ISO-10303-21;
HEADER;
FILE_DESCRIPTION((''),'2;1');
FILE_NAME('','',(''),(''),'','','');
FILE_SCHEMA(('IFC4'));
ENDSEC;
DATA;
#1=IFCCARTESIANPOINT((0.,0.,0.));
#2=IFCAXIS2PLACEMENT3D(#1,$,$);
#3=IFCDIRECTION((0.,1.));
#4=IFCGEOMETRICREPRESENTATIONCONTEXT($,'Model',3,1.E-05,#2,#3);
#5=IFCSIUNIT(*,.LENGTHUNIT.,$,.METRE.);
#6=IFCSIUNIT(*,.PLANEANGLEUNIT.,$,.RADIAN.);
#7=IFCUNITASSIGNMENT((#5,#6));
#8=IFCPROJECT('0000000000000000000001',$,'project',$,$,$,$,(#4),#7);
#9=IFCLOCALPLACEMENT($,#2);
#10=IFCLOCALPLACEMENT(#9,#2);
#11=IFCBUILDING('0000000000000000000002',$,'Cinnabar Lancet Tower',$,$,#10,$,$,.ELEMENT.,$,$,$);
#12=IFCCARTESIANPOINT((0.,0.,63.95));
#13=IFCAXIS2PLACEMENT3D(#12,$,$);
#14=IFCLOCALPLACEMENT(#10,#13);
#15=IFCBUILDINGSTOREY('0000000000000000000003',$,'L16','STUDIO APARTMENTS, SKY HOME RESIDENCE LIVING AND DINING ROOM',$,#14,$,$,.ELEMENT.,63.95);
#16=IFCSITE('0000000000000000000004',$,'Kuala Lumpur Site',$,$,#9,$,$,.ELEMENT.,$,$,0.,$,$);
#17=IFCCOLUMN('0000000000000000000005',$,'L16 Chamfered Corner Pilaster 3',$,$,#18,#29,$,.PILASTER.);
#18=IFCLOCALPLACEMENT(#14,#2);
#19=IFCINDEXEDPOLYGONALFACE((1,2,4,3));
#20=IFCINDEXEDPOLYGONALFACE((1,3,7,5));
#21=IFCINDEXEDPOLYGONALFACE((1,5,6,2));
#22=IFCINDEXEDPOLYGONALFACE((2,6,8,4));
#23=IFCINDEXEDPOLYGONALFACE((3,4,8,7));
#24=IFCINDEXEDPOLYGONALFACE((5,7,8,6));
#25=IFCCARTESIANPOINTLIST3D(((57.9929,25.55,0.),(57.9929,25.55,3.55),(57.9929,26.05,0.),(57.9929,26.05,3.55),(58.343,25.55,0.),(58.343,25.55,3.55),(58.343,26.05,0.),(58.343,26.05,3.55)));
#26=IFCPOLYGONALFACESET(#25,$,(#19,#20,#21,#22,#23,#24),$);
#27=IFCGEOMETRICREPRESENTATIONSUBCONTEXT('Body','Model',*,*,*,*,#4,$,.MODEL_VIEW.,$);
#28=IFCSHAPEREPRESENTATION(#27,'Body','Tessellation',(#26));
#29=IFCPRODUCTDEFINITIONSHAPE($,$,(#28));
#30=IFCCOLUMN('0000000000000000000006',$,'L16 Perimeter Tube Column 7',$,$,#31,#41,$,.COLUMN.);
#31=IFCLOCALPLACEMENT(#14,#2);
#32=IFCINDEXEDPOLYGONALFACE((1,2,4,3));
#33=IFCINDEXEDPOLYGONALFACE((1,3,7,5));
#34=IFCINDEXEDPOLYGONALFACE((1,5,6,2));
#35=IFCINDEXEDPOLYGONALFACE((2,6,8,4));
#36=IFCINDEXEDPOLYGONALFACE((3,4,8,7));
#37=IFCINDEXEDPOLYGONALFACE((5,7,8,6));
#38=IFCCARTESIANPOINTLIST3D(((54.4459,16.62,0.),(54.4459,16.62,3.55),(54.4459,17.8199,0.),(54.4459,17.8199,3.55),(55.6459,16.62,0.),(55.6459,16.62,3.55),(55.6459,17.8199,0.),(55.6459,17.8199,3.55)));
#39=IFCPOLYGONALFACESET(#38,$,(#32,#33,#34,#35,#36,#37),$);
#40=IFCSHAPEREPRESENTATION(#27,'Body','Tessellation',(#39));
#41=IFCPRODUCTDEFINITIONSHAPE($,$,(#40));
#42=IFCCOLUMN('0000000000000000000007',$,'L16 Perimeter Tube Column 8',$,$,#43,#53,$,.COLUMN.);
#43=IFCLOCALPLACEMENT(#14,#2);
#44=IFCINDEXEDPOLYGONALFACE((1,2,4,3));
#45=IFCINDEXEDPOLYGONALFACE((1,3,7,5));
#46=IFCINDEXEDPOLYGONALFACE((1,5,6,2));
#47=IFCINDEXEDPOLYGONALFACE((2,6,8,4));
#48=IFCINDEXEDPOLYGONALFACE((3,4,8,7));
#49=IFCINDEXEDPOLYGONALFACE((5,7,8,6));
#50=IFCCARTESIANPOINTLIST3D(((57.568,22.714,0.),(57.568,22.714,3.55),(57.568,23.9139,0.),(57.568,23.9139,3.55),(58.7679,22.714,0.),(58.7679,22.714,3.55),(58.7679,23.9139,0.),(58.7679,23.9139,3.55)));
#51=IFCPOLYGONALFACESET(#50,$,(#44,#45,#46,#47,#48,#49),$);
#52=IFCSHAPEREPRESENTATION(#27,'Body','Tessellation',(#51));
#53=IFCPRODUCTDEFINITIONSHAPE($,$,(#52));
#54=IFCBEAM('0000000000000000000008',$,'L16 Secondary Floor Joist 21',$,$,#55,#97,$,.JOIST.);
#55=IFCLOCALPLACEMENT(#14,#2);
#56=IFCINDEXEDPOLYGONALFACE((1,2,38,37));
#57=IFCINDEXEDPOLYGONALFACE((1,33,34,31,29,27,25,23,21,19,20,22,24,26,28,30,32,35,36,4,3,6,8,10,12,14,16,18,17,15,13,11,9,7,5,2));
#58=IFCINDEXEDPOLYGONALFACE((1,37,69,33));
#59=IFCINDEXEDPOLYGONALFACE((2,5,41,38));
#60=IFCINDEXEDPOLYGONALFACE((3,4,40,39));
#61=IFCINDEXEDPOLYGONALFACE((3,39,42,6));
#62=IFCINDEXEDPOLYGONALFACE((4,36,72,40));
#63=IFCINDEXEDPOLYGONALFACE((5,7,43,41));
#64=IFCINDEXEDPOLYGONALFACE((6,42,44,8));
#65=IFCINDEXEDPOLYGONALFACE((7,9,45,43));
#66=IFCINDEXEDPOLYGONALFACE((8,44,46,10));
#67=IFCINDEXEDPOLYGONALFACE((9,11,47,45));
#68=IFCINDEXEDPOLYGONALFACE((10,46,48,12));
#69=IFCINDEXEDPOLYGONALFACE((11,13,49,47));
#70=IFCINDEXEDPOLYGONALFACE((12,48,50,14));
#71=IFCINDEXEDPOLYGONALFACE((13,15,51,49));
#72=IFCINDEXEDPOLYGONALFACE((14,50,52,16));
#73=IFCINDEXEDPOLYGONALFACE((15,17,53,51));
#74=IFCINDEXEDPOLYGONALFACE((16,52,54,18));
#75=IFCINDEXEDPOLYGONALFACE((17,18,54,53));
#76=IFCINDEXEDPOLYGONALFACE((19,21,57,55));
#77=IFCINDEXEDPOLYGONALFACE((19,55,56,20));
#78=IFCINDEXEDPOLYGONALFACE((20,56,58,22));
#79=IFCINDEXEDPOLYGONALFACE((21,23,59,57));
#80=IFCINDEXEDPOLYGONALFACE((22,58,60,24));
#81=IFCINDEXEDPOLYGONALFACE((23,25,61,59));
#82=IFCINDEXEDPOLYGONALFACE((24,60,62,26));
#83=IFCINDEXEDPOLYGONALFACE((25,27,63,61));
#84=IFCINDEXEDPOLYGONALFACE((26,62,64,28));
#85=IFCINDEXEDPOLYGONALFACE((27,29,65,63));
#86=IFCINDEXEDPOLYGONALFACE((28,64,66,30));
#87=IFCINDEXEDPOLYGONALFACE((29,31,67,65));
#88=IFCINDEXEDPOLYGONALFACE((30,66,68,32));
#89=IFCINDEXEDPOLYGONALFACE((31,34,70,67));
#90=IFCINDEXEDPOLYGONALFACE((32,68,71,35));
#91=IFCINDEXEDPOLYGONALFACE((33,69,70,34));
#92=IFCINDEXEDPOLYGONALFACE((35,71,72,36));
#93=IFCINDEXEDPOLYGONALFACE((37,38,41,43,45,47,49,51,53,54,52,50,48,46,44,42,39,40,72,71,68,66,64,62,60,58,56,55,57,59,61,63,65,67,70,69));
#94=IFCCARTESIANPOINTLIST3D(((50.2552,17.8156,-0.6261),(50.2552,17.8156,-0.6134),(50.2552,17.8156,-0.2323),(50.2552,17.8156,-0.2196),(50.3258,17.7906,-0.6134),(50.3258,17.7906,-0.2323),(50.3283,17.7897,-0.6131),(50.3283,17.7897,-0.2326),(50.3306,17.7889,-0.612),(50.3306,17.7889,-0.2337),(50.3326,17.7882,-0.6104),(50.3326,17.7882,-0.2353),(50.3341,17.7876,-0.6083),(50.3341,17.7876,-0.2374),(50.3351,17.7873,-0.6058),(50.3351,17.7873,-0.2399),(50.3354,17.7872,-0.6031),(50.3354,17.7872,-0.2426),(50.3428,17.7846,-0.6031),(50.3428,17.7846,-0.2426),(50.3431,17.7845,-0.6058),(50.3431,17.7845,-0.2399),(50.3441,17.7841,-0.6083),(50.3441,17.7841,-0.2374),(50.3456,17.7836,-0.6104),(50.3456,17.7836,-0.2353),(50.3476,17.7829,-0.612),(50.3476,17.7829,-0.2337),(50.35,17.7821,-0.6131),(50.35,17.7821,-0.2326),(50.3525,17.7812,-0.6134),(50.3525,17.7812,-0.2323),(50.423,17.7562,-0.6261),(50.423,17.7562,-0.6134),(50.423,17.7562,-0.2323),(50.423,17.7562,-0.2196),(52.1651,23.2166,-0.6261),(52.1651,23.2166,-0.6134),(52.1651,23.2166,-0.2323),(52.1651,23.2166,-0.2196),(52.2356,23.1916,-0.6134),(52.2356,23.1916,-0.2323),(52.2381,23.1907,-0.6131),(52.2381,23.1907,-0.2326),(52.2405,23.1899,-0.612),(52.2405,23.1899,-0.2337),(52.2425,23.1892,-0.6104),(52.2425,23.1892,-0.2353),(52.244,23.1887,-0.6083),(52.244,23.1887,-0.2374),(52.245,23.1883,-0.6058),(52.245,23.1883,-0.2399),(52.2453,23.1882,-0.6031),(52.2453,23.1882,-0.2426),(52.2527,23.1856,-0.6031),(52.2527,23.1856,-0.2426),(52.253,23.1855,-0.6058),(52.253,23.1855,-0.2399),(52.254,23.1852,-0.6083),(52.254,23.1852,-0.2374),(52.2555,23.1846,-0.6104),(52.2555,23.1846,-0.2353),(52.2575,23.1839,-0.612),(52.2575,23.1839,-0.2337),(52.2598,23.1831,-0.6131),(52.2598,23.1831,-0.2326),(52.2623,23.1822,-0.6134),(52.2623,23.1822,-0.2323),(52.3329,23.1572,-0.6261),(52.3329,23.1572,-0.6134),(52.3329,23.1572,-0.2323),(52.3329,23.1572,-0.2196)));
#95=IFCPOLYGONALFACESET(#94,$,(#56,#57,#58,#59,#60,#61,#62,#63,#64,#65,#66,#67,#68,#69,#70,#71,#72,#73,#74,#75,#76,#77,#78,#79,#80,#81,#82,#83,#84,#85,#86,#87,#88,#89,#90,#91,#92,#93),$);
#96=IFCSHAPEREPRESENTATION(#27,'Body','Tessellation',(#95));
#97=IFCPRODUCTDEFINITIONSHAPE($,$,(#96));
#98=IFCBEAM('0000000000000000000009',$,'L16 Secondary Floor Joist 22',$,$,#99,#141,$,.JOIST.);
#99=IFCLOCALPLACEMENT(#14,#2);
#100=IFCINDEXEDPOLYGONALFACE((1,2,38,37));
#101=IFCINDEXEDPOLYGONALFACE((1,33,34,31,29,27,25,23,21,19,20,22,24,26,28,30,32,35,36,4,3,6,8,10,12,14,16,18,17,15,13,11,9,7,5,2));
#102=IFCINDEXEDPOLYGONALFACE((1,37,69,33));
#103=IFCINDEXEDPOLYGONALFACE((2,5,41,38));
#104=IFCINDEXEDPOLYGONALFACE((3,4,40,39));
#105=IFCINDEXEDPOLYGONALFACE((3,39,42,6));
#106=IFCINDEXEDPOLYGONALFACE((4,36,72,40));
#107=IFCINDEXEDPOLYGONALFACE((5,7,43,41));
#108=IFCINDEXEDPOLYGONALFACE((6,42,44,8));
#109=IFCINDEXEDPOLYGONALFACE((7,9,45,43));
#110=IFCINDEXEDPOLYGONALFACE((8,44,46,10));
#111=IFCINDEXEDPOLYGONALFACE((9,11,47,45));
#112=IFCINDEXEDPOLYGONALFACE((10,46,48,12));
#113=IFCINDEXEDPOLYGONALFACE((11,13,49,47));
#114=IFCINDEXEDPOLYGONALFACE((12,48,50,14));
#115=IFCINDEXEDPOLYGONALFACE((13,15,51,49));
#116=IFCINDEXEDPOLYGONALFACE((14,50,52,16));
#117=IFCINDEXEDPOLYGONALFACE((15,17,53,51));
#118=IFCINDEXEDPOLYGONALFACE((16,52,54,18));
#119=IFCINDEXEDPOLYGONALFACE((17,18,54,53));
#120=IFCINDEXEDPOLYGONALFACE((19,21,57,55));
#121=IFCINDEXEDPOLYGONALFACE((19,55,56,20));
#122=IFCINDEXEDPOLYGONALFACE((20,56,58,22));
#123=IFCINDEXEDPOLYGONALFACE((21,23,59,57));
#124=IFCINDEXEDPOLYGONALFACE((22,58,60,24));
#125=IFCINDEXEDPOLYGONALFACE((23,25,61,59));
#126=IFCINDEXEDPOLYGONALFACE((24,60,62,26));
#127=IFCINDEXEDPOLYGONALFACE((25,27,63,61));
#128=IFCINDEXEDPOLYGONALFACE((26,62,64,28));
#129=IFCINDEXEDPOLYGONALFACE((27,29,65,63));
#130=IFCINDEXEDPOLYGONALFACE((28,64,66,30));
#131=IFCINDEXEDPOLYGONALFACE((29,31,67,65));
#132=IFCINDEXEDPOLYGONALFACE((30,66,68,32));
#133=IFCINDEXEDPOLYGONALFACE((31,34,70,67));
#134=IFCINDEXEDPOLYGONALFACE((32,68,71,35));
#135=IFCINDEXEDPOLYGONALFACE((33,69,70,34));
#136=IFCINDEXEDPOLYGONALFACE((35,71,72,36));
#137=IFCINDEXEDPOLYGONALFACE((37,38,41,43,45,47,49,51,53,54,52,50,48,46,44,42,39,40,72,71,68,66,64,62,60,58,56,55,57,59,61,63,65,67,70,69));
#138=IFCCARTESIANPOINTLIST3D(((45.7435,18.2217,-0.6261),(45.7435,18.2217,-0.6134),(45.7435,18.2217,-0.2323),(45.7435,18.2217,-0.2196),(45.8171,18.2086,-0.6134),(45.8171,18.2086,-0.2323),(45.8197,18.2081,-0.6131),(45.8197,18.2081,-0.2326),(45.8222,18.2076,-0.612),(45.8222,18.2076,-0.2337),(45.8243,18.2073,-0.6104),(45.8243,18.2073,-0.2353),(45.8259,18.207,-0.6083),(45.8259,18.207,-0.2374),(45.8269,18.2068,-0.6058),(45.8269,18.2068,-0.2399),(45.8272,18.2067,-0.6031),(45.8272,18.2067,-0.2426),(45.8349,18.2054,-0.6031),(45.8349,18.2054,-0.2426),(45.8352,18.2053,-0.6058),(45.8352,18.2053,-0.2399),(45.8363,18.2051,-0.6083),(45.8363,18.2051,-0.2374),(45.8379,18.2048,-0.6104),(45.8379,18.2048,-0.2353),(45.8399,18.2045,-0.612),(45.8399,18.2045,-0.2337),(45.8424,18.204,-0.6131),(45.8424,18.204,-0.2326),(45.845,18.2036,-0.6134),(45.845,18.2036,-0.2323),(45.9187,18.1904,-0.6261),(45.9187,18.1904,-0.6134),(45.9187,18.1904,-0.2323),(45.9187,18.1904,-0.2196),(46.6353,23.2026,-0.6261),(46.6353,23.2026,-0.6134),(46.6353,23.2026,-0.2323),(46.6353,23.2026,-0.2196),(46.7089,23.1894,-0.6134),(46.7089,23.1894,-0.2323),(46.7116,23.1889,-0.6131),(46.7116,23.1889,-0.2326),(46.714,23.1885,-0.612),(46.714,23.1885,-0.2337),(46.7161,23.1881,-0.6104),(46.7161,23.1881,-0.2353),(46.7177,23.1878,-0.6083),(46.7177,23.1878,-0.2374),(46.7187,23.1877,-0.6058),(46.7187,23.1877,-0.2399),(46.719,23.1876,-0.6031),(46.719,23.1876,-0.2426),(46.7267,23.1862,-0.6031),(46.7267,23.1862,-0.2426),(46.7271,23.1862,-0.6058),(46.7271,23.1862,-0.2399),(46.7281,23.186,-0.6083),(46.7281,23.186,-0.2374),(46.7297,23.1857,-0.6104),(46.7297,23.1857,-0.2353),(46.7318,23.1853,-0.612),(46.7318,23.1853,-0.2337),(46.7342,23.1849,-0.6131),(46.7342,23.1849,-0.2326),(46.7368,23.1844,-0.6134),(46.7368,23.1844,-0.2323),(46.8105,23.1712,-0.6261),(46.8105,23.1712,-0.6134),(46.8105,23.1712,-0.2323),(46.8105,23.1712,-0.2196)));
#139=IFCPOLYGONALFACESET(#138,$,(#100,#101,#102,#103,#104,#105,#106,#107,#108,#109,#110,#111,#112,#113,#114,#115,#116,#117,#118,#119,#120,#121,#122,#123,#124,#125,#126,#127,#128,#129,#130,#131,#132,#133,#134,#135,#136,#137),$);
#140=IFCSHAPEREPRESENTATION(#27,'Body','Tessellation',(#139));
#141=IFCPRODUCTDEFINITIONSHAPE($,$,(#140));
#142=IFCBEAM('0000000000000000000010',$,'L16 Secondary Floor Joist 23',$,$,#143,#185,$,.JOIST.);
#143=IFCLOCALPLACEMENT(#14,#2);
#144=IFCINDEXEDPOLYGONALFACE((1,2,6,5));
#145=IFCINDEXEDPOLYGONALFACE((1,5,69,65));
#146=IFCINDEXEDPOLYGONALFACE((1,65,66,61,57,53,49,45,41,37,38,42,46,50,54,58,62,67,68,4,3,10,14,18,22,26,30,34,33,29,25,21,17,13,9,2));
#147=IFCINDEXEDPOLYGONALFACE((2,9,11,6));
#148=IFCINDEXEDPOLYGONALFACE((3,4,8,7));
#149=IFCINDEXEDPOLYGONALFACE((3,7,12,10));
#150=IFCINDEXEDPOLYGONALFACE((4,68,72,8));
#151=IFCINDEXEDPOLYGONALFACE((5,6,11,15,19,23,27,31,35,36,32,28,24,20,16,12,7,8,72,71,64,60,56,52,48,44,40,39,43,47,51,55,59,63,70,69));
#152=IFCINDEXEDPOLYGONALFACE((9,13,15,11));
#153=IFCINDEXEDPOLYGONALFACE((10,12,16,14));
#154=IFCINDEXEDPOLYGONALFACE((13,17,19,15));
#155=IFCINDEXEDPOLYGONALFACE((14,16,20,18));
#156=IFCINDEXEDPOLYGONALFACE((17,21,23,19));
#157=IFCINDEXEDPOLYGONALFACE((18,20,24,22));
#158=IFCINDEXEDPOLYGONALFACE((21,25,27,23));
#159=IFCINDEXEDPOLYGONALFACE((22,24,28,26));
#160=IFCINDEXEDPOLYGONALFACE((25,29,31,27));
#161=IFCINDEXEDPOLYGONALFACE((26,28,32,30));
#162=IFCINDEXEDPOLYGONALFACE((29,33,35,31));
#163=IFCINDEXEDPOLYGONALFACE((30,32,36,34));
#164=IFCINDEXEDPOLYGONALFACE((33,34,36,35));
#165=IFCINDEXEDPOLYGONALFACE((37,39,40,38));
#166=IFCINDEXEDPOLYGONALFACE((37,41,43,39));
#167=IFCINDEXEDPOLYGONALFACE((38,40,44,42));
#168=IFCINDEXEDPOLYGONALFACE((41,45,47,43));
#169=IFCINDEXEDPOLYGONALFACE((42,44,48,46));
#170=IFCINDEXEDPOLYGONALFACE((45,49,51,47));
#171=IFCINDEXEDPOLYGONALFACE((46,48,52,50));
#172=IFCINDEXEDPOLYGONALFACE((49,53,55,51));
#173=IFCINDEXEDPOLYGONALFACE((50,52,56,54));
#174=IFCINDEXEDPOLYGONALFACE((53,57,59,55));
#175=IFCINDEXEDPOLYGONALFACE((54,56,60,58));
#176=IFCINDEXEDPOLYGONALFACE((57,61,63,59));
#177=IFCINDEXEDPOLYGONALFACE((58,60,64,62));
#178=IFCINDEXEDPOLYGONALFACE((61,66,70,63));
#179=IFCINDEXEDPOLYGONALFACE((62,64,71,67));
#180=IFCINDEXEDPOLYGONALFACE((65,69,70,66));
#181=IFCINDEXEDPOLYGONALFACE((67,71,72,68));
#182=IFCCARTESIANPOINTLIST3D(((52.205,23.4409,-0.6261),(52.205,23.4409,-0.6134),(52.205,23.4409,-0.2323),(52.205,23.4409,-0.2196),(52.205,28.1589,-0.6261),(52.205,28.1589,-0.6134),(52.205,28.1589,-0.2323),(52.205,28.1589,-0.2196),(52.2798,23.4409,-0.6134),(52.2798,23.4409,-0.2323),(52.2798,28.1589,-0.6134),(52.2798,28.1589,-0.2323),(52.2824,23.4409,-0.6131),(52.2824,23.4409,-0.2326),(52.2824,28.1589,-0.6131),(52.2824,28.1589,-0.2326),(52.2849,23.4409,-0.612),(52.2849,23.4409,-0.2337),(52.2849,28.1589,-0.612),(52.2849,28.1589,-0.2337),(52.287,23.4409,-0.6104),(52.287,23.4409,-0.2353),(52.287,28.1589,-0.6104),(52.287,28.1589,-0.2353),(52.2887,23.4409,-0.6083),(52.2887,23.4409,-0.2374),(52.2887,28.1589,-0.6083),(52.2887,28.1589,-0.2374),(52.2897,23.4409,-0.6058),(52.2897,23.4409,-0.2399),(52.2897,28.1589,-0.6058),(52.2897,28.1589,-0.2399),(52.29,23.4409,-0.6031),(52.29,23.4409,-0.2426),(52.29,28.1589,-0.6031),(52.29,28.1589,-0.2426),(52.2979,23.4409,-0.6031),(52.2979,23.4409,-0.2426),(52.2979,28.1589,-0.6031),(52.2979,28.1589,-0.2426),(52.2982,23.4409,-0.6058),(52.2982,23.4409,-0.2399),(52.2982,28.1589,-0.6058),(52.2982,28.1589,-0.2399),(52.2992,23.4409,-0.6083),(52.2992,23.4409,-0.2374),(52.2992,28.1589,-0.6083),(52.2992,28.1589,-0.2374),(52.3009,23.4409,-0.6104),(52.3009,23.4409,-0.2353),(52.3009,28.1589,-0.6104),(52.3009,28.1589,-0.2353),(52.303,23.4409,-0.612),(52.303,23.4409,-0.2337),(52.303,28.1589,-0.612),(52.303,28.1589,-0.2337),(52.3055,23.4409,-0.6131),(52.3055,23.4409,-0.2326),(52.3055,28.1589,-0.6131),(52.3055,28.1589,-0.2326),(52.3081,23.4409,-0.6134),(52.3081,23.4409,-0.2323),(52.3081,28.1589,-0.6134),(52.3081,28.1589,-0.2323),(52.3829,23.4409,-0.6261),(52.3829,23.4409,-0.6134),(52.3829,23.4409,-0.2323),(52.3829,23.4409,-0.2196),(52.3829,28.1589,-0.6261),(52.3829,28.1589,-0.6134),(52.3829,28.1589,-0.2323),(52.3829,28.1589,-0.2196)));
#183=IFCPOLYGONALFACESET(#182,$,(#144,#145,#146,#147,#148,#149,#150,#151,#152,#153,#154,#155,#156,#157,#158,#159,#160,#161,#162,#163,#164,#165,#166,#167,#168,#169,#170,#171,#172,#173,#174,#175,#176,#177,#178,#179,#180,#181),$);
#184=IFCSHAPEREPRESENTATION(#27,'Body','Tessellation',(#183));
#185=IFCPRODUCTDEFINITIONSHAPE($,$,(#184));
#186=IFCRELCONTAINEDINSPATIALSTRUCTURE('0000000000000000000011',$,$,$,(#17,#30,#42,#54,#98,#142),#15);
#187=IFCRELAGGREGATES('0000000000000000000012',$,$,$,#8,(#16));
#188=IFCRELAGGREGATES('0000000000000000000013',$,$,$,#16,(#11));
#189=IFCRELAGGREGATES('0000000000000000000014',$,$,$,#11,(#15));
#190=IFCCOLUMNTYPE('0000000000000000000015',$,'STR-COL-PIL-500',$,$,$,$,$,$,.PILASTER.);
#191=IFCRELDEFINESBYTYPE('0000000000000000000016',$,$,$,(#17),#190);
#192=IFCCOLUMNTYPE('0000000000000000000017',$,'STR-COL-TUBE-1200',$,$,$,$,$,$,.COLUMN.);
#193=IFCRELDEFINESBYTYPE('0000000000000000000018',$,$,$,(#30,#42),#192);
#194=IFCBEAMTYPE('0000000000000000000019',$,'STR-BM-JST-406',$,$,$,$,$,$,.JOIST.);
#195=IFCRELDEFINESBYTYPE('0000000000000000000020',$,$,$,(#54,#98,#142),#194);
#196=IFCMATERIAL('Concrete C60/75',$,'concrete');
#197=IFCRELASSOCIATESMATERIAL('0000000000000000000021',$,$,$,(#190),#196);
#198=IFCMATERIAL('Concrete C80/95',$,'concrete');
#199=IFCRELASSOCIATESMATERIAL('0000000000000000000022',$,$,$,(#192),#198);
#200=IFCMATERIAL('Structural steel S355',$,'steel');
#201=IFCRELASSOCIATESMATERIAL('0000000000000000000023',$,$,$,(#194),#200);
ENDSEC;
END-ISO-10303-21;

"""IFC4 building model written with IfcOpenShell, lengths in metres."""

from ifc_helpers import new_model, si_unit, direction, frame, origin, origin_2d, place, context, subcontext, project, spatial, rectangle, i_section, extrude, material, material_profile, profile_set, type_object, element, save


model = new_model("IFC4")

# Units and contexts
model_context = context("Model", 3, precision=1e-05, world=origin(), true_north=direction((0.0, 1.0)))
body_context = subcontext(model_context, "Body", "Model", "MODEL_VIEW")
ifc_project = project(units=[si_unit("LENGTHUNIT", "METRE"), si_unit("PLANEANGLEUNIT", "RADIAN")], contexts=[model_context])

# Site, building, storey
site_placement = place(None, origin())
site = spatial("IfcSite", under=ifc_project, at=site_placement, Name="Kuala Lumpur Site", CompositionType="ELEMENT", RefElevation=0.0)
building_placement = place(site_placement, origin())
building = spatial("IfcBuilding", under=site, at=building_placement, Name="Cinnabar Lancet Tower", CompositionType="ELEMENT")
storey_placement = place(building_placement, frame((0.0, 0.0, 63.95)))
storey = spatial("IfcBuildingStorey", under=building, at=storey_placement, Name="L16", Description="STUDIO APARTMENTS, SKY HOME RESIDENCE LIVING AND DINING ROOM", CompositionType="ELEMENT", Elevation=63.95)

# Columns
ifc_material_1 = material(Name="Concrete C60/75", Category="concrete")
ifc_material_profile_1 = material_profile(ifc_material_1, rectangle(XDim=0.5, YDim=0.3501, at=origin_2d()), Name="RC-PIL 500x350")
ifc_profile_set_1 = profile_set([ifc_material_profile_1], Name="Concrete C60/75")
column_type_1 = type_object("IfcColumnType", Name="STR-COL-PIL-500", PredefinedType="PILASTER", material=ifc_profile_set_1)
column_placement = place(storey_placement, frame((58.168, 25.8, 0.0), z_axis=(0.0, 0.0, 1.0), x_axis=(0.0, 1.0, 0.0)))
element("IfcColumn", 1, at=column_placement, inside=storey, type_object=column_type_1, Name="L16 Chamfered Corner Pilaster 3", PredefinedType="PILASTER", context=body_context, shape_type="SweptSolid", body=[
    extrude(rectangle(XDim=0.5, YDim=0.3501, at=origin_2d()), origin(), (0.0, 0.0, 1.0), 3.55),
])
ifc_material_2 = material(Name="Concrete C80/95", Category="concrete")
ifc_material_profile_2 = material_profile(ifc_material_2, rectangle(XDim=1.2, YDim=1.2, at=origin_2d()), Name="RC-COL 1200x1200")
ifc_profile_set_2 = profile_set([ifc_material_profile_2], Name="Concrete C80/95")
column_type_2 = type_object("IfcColumnType", Name="STR-COL-TUBE-1200", PredefinedType="COLUMN", material=ifc_profile_set_2)
for number, where, z_axis, x_axis, name in (
    (2, (55.0459, 17.22, 0.0), (0.0, 0.0, 1.0), (1.0, 0.0, 0.0), "L16 Perimeter Tube Column 7"),
    (3, (58.168, 23.314, 0.0), (0.0, 0.0, 1.0), (1.0, 0.0, 0.0), "L16 Perimeter Tube Column 8"),
):
    element("IfcColumn", number, at=place(storey_placement, frame(where, z_axis=z_axis, x_axis=x_axis)), inside=storey, type_object=column_type_2, Name=name, PredefinedType="COLUMN", context=body_context, shape_type="SweptSolid", body=[
        extrude(rectangle(XDim=1.2, YDim=1.2, at=origin_2d()), origin(), (0.0, 0.0, 1.0), 3.55),
    ])

# Beams
ifc_material_3 = material(Name="Structural steel S355", Category="steel")
ifc_material_profile_3 = material_profile(ifc_material_3, i_section(OverallWidth=0.178, OverallDepth=0.4065, WebThickness=0.0078, FlangeThickness=0.0127, FilletRadius=0.0103, at=origin_2d()), Name="UKB 406x178x60")
ifc_profile_set_3 = profile_set([ifc_material_profile_3], Name="Structural steel S355")
beam_type_1 = type_object("IfcBeamType", Name="STR-BM-JST-406", PredefinedType="JOIST", material=ifc_profile_set_3)
beam_1_placement = place(storey_placement, frame((50.3391, 17.7859, -0.4229), z_axis=(0.333384, 0.942791, 0.0), x_axis=(-0.942791, 0.333384, 0.0)))
element("IfcBeam", 4, at=beam_1_placement, inside=storey, type_object=beam_type_1, Name="L16 Secondary Floor Joist 21", PredefinedType="JOIST", context=body_context, shape_type="SweptSolid", body=[
    extrude(i_section(OverallWidth=0.178, OverallDepth=0.4065, WebThickness=0.0078, FlangeThickness=0.0127, FilletRadius=0.0103, at=origin_2d()), origin(), (0.0, 0.0, 1.0), 5.7288),
])
beam_2_placement = place(storey_placement, frame((45.8311, 18.2061, -0.4229), z_axis=(0.176248, 0.984346, 0.0), x_axis=(-0.984346, 0.176248, 0.0)))
element("IfcBeam", 5, at=beam_2_placement, inside=storey, type_object=beam_type_1, Name="L16 Secondary Floor Joist 22", PredefinedType="JOIST", context=body_context, shape_type="SweptSolid", body=[
    extrude(i_section(OverallWidth=0.178, OverallDepth=0.4065, WebThickness=0.0078, FlangeThickness=0.0127, FilletRadius=0.0103, at=origin_2d()), origin(), (0.0, 0.0, 1.0), 5.0601),
])
for number, where, z_axis, x_axis, name in (
    (6, (52.2939, 23.4409, -0.4229), (0.0, 1.0, 0.0), (-1.0, 0.0, 0.0), "L16 Secondary Floor Joist 23"),
):
    element("IfcBeam", number, at=place(storey_placement, frame(where, z_axis=z_axis, x_axis=x_axis)), inside=storey, type_object=beam_type_1, Name=name, PredefinedType="JOIST", context=body_context, shape_type="SweptSolid", body=[
        extrude(i_section(OverallWidth=0.178, OverallDepth=0.4065, WebThickness=0.0078, FlangeThickness=0.0127, FilletRadius=0.0103, at=origin_2d()), origin(), (0.0, 0.0, 1.0), 4.718),
    ])

save(model, "model.ifc")
